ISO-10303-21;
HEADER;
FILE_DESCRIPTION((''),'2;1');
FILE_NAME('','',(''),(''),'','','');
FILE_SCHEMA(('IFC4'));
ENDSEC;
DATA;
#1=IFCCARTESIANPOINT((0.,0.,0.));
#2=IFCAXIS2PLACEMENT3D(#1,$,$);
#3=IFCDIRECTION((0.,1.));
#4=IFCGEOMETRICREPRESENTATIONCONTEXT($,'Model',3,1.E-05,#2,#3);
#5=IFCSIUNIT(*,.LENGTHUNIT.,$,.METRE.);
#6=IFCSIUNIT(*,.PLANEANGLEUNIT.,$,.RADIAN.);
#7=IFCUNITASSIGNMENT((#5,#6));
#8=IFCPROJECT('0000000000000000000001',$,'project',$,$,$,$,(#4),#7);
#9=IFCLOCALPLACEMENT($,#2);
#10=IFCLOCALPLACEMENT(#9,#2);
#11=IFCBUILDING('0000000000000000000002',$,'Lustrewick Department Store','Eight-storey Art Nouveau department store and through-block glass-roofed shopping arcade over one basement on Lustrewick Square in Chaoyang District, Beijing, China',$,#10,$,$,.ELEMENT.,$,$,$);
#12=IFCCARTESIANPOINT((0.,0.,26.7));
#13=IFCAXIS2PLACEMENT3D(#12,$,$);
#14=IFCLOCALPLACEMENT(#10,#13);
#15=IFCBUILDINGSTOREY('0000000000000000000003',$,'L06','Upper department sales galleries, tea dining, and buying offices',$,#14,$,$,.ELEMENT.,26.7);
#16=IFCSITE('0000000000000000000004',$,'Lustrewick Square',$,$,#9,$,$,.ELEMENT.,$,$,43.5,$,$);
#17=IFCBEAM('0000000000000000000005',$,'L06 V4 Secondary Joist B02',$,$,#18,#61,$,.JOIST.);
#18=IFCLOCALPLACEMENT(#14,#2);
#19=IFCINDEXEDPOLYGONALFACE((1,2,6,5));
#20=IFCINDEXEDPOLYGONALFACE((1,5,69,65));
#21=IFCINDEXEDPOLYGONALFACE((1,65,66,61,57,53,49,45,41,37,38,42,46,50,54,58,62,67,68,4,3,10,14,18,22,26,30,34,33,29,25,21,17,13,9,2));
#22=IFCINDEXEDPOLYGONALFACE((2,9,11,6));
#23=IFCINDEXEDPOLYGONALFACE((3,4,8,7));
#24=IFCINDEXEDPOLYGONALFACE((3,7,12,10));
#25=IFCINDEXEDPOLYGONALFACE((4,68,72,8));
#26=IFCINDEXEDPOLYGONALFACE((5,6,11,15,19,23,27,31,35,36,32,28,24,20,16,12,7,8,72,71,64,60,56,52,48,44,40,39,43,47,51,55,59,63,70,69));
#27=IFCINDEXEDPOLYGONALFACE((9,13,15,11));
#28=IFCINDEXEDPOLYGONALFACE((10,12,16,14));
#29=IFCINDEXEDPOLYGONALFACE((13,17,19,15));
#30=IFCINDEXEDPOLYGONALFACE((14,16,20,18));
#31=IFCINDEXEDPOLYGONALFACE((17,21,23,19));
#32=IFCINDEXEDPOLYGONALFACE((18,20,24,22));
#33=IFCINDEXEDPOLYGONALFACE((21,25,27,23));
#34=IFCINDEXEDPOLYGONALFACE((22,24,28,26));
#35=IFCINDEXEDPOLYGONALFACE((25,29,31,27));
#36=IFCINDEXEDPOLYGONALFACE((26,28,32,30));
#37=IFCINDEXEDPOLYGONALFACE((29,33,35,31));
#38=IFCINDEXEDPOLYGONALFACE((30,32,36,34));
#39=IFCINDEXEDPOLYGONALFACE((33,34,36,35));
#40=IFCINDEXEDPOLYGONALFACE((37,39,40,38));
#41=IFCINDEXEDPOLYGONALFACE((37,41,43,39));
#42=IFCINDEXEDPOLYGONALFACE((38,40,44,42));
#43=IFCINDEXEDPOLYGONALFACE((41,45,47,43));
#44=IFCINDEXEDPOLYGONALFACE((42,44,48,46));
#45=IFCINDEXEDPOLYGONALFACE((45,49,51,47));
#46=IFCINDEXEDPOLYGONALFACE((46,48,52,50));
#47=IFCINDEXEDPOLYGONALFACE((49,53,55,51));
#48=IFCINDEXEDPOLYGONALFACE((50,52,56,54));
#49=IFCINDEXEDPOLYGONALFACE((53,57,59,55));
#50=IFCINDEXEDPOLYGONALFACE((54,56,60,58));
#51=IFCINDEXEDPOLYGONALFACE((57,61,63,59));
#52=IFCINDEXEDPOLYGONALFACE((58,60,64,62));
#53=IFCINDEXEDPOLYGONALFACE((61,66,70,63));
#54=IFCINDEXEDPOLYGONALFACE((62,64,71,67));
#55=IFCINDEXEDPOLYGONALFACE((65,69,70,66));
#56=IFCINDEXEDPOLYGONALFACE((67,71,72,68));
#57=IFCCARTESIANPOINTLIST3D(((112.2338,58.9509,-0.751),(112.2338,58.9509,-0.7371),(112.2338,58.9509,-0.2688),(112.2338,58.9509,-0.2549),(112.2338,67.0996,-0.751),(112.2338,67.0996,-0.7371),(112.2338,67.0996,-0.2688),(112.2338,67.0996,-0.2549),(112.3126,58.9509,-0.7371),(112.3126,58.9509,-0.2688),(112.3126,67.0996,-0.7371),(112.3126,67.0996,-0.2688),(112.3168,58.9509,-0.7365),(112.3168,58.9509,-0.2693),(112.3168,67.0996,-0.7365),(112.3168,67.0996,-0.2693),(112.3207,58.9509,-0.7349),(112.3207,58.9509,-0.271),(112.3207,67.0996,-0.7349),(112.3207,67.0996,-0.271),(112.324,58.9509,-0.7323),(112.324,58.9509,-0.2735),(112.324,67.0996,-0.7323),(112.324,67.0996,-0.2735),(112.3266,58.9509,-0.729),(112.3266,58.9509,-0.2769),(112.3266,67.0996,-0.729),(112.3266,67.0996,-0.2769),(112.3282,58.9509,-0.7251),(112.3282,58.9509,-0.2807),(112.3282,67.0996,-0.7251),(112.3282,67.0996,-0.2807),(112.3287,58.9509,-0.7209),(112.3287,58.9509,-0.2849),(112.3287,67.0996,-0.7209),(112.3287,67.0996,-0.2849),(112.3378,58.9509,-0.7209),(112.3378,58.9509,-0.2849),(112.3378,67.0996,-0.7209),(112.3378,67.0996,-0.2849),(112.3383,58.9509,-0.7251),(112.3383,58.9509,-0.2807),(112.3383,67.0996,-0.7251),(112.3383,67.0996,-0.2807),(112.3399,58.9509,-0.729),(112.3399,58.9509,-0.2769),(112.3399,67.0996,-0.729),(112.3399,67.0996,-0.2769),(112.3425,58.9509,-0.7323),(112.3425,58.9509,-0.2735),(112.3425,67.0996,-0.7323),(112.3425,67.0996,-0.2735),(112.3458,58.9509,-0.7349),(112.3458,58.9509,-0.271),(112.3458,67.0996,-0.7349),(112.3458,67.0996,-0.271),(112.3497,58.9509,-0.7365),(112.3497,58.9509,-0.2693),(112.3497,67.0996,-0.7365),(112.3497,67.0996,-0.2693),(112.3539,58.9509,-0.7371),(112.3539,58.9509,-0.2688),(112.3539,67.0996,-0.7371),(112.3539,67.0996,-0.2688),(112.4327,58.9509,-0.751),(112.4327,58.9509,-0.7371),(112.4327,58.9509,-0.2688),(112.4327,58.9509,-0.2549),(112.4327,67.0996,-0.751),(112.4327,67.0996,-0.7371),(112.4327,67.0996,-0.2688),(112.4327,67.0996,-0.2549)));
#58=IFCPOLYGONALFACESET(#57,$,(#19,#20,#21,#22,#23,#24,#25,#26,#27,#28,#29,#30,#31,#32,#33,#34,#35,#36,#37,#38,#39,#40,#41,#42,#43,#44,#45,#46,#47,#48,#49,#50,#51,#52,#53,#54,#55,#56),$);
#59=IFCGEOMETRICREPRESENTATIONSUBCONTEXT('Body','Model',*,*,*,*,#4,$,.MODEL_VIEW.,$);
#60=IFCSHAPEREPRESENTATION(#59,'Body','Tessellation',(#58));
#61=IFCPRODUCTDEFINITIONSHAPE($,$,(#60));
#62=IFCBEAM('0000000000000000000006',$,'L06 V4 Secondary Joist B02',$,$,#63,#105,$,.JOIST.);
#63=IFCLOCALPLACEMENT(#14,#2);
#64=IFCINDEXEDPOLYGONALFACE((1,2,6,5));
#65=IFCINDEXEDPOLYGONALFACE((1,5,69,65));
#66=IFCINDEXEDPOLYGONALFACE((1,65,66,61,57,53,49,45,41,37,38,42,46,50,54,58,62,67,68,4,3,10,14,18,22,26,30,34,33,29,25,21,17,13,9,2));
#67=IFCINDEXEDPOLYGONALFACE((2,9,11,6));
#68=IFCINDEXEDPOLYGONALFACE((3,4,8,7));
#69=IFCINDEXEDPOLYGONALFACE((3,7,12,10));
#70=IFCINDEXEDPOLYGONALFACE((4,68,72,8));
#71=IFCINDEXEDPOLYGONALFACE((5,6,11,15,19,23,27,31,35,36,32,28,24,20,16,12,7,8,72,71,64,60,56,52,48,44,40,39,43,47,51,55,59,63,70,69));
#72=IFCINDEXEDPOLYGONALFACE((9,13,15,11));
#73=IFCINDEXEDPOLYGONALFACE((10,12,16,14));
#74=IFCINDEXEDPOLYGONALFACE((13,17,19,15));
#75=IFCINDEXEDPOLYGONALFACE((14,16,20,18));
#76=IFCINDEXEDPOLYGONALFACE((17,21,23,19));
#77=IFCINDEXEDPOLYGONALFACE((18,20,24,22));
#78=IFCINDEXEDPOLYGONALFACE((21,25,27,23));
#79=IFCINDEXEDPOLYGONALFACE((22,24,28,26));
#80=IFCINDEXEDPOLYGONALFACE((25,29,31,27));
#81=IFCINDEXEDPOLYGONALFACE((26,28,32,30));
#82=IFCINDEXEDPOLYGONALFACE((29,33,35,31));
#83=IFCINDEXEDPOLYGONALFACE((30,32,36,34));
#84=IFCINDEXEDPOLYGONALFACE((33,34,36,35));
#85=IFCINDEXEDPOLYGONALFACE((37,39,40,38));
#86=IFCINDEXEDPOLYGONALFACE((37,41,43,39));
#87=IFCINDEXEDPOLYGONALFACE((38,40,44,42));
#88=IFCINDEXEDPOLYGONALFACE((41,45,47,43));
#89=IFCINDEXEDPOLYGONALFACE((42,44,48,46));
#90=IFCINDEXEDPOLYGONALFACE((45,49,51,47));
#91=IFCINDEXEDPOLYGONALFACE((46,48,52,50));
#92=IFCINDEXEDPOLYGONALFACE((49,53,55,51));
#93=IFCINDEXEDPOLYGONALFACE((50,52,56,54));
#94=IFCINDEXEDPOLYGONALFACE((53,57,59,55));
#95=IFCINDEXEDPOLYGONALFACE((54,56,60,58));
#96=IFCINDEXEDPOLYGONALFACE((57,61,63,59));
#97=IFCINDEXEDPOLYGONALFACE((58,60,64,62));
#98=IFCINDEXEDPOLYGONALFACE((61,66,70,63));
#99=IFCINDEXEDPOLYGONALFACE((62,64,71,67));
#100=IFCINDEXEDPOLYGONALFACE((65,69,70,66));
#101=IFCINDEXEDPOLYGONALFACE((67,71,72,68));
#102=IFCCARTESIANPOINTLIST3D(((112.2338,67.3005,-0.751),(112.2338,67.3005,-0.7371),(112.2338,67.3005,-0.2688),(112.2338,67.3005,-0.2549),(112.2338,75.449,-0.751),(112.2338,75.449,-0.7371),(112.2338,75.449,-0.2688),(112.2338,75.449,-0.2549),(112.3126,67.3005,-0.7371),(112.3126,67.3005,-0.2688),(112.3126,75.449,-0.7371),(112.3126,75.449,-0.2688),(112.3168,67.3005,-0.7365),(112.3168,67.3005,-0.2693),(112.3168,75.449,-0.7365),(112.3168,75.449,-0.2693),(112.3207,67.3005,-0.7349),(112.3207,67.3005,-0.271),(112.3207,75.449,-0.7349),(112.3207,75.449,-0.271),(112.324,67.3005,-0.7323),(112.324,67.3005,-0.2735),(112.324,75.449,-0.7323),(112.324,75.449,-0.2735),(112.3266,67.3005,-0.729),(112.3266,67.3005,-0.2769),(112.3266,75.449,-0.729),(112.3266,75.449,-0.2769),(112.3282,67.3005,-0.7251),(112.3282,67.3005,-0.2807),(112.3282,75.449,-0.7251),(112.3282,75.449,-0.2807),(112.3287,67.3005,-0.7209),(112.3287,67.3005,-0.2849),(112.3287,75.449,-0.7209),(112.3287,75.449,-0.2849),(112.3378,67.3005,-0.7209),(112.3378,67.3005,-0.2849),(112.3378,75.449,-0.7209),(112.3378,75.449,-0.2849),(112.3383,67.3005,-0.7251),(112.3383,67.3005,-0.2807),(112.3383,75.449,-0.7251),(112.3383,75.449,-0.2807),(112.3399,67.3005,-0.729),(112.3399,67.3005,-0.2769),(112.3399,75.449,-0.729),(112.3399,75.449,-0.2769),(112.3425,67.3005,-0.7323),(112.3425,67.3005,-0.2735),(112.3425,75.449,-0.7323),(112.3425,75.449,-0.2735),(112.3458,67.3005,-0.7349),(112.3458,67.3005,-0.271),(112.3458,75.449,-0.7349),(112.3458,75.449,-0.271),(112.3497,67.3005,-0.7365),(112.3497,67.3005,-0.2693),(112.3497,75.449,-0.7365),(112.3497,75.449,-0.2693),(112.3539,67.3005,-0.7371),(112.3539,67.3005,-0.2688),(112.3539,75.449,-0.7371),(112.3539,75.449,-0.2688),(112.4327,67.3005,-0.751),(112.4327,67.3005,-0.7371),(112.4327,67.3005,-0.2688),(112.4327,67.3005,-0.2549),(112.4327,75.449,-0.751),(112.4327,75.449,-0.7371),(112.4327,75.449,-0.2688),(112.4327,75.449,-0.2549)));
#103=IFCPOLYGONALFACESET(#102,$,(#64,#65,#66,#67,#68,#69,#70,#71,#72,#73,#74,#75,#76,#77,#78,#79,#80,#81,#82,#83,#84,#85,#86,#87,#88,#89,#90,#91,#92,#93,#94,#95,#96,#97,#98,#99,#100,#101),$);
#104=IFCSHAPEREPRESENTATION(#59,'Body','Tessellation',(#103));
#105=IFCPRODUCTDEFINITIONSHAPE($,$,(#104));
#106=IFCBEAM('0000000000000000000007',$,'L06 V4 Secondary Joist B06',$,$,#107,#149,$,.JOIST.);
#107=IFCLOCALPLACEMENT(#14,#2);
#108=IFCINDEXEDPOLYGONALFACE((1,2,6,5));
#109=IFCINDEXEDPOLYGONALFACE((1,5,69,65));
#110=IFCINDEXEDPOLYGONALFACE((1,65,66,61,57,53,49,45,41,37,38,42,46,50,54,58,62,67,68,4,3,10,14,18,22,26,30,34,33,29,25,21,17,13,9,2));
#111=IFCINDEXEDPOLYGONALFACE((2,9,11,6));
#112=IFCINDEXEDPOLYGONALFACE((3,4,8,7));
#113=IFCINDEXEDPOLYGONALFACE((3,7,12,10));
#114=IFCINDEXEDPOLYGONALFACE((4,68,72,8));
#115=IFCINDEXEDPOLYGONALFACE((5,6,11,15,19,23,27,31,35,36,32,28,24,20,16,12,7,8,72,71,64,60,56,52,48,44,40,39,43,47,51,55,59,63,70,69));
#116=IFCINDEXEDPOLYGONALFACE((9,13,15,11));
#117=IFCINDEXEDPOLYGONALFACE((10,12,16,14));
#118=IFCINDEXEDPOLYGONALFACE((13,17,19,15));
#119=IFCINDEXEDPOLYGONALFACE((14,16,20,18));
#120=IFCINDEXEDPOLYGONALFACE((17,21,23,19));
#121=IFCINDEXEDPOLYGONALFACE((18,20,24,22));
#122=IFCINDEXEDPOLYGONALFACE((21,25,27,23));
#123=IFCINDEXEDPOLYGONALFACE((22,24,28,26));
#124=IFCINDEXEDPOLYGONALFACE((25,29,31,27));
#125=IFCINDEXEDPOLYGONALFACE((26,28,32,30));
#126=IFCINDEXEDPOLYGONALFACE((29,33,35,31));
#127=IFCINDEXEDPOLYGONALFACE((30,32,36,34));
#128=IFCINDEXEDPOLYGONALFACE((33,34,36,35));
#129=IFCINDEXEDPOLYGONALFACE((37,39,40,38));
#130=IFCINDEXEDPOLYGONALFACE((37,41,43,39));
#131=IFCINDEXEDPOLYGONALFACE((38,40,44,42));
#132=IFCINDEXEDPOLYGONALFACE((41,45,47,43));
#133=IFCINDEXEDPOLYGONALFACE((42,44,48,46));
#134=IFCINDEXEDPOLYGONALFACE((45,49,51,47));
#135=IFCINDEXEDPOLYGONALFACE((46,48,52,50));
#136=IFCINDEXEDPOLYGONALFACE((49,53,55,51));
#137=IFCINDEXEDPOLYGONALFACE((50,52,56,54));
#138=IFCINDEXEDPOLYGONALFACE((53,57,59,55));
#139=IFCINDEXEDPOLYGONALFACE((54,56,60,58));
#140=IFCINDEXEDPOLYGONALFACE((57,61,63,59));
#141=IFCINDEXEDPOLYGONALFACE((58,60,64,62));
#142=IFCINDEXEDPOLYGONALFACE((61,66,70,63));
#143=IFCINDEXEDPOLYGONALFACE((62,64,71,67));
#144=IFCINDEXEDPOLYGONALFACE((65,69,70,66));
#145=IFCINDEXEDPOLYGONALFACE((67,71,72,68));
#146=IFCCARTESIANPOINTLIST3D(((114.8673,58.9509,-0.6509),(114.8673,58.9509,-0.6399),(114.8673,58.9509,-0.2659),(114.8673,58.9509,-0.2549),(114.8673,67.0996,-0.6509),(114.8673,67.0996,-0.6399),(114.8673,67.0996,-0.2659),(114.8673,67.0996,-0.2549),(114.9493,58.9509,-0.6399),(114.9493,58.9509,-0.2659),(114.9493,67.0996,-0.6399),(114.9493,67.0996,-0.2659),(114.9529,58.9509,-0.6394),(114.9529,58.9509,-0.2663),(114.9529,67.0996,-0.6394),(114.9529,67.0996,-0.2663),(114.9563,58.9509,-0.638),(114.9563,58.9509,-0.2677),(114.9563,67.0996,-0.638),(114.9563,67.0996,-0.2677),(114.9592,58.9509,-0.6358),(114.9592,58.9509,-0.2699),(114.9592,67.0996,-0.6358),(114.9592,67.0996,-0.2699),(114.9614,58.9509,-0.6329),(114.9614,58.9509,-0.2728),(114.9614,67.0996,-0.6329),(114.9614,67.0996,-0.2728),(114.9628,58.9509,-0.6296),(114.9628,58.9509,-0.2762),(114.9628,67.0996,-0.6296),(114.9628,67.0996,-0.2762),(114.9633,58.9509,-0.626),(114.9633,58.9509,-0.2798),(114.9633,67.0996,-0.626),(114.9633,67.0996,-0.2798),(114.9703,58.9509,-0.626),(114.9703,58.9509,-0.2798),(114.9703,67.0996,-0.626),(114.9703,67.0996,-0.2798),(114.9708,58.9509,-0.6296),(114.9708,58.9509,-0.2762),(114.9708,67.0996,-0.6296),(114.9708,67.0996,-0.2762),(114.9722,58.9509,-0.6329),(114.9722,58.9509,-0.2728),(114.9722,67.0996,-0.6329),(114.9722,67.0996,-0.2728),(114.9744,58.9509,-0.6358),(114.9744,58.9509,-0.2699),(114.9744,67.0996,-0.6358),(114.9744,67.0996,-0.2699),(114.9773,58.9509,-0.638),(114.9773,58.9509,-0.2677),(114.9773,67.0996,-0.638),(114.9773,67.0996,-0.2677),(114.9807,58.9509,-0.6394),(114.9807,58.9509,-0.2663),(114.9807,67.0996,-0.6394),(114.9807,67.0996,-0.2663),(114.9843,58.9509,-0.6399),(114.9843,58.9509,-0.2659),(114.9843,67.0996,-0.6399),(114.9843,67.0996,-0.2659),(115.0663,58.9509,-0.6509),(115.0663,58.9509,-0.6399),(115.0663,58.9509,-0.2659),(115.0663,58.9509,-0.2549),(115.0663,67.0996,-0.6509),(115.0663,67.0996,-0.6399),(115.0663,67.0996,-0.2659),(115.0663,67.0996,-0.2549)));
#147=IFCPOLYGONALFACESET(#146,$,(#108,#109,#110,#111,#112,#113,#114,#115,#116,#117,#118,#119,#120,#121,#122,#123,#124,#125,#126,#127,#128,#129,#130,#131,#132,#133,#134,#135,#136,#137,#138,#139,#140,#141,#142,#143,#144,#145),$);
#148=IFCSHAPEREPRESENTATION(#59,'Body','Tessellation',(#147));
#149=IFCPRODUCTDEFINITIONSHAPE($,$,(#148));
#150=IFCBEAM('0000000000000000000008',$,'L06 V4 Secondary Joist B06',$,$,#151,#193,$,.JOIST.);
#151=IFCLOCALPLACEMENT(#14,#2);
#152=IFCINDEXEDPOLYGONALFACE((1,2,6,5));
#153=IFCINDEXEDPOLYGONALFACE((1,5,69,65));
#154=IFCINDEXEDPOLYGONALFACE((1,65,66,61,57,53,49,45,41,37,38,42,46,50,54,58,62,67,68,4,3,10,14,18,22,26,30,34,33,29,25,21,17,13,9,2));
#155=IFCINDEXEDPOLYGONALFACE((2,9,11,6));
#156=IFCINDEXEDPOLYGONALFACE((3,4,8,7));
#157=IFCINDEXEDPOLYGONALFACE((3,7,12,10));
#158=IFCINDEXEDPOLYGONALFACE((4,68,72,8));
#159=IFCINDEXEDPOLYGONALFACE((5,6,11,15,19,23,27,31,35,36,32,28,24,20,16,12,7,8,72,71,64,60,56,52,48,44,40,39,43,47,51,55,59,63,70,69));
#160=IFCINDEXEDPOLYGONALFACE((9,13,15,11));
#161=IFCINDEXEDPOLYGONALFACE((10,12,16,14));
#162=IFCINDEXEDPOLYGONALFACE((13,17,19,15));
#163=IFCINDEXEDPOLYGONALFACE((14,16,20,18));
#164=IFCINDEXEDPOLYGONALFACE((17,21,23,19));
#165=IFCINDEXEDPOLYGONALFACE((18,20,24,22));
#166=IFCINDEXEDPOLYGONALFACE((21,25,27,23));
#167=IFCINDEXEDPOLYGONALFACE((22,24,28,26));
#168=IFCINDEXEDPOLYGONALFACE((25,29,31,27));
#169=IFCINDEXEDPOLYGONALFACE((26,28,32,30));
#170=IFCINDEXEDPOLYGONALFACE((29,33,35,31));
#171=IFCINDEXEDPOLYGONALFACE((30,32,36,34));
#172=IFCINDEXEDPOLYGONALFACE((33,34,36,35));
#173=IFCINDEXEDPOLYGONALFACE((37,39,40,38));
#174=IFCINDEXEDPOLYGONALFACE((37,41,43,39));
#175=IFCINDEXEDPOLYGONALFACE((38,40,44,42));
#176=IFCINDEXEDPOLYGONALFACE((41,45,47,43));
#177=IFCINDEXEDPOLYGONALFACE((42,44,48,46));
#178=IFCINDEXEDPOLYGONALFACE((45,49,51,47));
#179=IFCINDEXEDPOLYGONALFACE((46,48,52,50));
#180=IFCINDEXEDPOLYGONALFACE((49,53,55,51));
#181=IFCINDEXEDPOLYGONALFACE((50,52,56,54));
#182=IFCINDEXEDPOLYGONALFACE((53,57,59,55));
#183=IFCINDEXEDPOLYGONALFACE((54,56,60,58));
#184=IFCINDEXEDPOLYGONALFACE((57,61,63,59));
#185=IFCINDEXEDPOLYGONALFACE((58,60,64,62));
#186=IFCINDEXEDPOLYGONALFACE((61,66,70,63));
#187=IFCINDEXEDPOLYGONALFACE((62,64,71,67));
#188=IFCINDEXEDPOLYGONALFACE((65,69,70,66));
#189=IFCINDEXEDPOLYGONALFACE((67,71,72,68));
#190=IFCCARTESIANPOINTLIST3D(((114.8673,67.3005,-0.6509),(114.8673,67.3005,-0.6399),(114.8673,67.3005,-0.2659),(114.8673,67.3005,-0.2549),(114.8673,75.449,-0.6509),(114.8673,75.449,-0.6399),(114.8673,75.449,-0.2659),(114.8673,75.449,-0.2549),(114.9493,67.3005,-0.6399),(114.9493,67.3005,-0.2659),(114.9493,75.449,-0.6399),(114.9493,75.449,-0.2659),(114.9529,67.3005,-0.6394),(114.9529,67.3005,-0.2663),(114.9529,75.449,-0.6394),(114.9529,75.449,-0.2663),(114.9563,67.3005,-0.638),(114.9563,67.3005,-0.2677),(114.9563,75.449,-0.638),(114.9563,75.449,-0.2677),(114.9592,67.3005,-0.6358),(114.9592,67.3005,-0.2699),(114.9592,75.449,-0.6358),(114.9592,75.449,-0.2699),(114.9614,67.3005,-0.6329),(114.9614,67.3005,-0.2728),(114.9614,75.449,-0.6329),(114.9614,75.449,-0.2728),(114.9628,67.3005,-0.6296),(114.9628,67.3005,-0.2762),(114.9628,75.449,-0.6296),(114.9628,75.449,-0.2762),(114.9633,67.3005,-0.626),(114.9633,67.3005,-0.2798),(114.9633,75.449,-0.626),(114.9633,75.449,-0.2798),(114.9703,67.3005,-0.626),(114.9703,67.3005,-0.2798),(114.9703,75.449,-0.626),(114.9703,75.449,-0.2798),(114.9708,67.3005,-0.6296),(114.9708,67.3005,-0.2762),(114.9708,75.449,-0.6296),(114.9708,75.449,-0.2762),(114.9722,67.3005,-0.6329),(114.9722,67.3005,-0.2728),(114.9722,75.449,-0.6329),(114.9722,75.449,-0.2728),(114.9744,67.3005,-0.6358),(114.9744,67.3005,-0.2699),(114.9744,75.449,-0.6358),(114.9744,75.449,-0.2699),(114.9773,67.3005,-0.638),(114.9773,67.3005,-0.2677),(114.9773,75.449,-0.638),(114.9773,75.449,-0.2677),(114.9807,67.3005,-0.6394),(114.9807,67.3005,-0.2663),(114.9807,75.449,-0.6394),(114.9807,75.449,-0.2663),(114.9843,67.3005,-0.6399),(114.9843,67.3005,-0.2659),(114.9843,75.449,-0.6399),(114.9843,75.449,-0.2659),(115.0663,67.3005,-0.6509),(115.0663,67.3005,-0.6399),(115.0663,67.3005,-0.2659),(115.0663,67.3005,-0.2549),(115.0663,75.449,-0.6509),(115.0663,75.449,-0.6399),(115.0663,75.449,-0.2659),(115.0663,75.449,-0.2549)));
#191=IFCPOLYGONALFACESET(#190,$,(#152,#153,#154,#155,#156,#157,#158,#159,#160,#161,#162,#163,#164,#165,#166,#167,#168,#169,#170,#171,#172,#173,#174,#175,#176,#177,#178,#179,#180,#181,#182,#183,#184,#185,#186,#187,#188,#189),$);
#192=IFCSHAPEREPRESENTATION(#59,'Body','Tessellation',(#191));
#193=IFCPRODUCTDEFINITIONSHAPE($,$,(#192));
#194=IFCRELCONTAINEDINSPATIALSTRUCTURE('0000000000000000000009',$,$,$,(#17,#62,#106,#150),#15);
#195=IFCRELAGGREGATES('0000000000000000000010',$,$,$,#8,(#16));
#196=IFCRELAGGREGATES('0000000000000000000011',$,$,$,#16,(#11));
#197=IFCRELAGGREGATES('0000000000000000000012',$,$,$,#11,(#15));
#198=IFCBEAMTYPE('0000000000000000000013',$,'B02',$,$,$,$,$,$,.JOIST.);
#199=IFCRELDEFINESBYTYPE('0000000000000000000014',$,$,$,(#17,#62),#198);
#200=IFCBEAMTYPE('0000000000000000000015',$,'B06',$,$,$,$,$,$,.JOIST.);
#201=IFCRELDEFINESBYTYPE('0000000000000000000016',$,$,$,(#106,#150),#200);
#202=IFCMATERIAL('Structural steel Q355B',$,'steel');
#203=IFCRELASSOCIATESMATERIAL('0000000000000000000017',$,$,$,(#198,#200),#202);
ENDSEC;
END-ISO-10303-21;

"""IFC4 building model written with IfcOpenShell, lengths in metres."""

from ifc_helpers import new_model, si_unit, direction, frame, origin, origin_2d, place, context, subcontext, project, spatial, i_section, extrude, material, material_profile, profile_set, type_object, element, save


model = new_model("IFC4")

# Units and contexts
model_context = context("Model", 3, precision=1e-05, world=origin(), true_north=direction((0.0, 1.0)))
body_context = subcontext(model_context, "Body", "Model", "MODEL_VIEW")
ifc_project = project(units=[si_unit("LENGTHUNIT", "METRE"), si_unit("PLANEANGLEUNIT", "RADIAN")], contexts=[model_context])

# Site, building, storey
site_placement = place(None, origin())
site = spatial("IfcSite", under=ifc_project, at=site_placement, Name="Lustrewick Square", CompositionType="ELEMENT", RefElevation=43.5)
building_placement = place(site_placement, origin())
building = spatial("IfcBuilding", under=site, at=building_placement, Name="Lustrewick Department Store", Description="Eight-storey Art Nouveau department store and through-block glass-roofed shopping arcade over one basement on Lustrewick Square in Chaoyang District, Beijing, China", CompositionType="ELEMENT")
storey_placement = place(building_placement, frame((0.0, 0.0, 26.7)))
storey = spatial("IfcBuildingStorey", under=building, at=storey_placement, Name="L06", Description="Upper department sales galleries, tea dining, and buying offices", CompositionType="ELEMENT", Elevation=26.7)

# Shared definitions
ifc_material_1 = material(Name="Structural steel Q355B", Category="steel")

# Beams
ifc_material_profile_1 = material_profile(ifc_material_1, i_section(OverallWidth=0.199, OverallDepth=0.4961, WebThickness=0.009, FlangeThickness=0.0139, FilletRadius=0.0161, at=origin_2d()), Name="HN 496x199x9x14")
ifc_profile_set_1 = profile_set([ifc_material_profile_1], Name="Structural steel Q355B")
beam_type_1 = type_object("IfcBeamType", Name="B02", PredefinedType="JOIST", material=ifc_profile_set_1)
beam_1_placement = place(storey_placement, frame((112.3333, 58.9509, -0.5029), z_axis=(0.0, 1.0, 0.0), x_axis=(-1.0, 0.0, 0.0)))
element("IfcBeam", 1, at=beam_1_placement, inside=storey, type_object=beam_type_1, Name="L06 V4 Secondary Joist B02", PredefinedType="JOIST", context=body_context, shape_type="SweptSolid", body=[
    extrude(i_section(OverallWidth=0.199, OverallDepth=0.4961, WebThickness=0.009, FlangeThickness=0.0139, FilletRadius=0.0161, at=origin_2d()), origin(), (0.0, 0.0, 1.0), 8.1487),
])
beam_2_placement = place(storey_placement, frame((112.3333, 67.3005, -0.5029), z_axis=(0.0, 1.0, 0.0), x_axis=(-1.0, 0.0, 0.0)))
element("IfcBeam", 2, at=beam_2_placement, inside=storey, type_object=beam_type_1, Name="L06 V4 Secondary Joist B02", PredefinedType="JOIST", context=body_context, shape_type="SweptSolid", body=[
    extrude(i_section(OverallWidth=0.199, OverallDepth=0.4961, WebThickness=0.009, FlangeThickness=0.0139, FilletRadius=0.0161, at=origin_2d()), origin(), (0.0, 0.0, 1.0), 8.1484),
])
ifc_material_profile_2 = material_profile(ifc_material_1, i_section(OverallWidth=0.199, OverallDepth=0.396, WebThickness=0.0071, FlangeThickness=0.011, FilletRadius=0.0139, at=origin_2d()), Name="HN 396x199x7x11")
ifc_profile_set_2 = profile_set([ifc_material_profile_2], Name="Structural steel Q355B")
beam_type_2 = type_object("IfcBeamType", Name="B06", PredefinedType="JOIST", material=ifc_profile_set_2)
beam_3_placement = place(storey_placement, frame((114.9668, 58.9509, -0.4529), z_axis=(0.0, 1.0, 0.0), x_axis=(-1.0, 0.0, 0.0)))
element("IfcBeam", 3, at=beam_3_placement, inside=storey, type_object=beam_type_2, Name="L06 V4 Secondary Joist B06", PredefinedType="JOIST", context=body_context, shape_type="SweptSolid", body=[
    extrude(i_section(OverallWidth=0.199, OverallDepth=0.396, WebThickness=0.0071, FlangeThickness=0.011, FilletRadius=0.0139, at=origin_2d()), origin(), (0.0, 0.0, 1.0), 8.1487),
])
beam_4_placement = place(storey_placement, frame((114.9668, 67.3005, -0.4529), z_axis=(0.0, 1.0, 0.0), x_axis=(-1.0, 0.0, 0.0)))
element("IfcBeam", 4, at=beam_4_placement, inside=storey, type_object=beam_type_2, Name="L06 V4 Secondary Joist B06", PredefinedType="JOIST", context=body_context, shape_type="SweptSolid", body=[
    extrude(i_section(OverallWidth=0.199, OverallDepth=0.396, WebThickness=0.0071, FlangeThickness=0.011, FilletRadius=0.0139, at=origin_2d()), origin(), (0.0, 0.0, 1.0), 8.1484),
])

save(model, "model.ifc")
